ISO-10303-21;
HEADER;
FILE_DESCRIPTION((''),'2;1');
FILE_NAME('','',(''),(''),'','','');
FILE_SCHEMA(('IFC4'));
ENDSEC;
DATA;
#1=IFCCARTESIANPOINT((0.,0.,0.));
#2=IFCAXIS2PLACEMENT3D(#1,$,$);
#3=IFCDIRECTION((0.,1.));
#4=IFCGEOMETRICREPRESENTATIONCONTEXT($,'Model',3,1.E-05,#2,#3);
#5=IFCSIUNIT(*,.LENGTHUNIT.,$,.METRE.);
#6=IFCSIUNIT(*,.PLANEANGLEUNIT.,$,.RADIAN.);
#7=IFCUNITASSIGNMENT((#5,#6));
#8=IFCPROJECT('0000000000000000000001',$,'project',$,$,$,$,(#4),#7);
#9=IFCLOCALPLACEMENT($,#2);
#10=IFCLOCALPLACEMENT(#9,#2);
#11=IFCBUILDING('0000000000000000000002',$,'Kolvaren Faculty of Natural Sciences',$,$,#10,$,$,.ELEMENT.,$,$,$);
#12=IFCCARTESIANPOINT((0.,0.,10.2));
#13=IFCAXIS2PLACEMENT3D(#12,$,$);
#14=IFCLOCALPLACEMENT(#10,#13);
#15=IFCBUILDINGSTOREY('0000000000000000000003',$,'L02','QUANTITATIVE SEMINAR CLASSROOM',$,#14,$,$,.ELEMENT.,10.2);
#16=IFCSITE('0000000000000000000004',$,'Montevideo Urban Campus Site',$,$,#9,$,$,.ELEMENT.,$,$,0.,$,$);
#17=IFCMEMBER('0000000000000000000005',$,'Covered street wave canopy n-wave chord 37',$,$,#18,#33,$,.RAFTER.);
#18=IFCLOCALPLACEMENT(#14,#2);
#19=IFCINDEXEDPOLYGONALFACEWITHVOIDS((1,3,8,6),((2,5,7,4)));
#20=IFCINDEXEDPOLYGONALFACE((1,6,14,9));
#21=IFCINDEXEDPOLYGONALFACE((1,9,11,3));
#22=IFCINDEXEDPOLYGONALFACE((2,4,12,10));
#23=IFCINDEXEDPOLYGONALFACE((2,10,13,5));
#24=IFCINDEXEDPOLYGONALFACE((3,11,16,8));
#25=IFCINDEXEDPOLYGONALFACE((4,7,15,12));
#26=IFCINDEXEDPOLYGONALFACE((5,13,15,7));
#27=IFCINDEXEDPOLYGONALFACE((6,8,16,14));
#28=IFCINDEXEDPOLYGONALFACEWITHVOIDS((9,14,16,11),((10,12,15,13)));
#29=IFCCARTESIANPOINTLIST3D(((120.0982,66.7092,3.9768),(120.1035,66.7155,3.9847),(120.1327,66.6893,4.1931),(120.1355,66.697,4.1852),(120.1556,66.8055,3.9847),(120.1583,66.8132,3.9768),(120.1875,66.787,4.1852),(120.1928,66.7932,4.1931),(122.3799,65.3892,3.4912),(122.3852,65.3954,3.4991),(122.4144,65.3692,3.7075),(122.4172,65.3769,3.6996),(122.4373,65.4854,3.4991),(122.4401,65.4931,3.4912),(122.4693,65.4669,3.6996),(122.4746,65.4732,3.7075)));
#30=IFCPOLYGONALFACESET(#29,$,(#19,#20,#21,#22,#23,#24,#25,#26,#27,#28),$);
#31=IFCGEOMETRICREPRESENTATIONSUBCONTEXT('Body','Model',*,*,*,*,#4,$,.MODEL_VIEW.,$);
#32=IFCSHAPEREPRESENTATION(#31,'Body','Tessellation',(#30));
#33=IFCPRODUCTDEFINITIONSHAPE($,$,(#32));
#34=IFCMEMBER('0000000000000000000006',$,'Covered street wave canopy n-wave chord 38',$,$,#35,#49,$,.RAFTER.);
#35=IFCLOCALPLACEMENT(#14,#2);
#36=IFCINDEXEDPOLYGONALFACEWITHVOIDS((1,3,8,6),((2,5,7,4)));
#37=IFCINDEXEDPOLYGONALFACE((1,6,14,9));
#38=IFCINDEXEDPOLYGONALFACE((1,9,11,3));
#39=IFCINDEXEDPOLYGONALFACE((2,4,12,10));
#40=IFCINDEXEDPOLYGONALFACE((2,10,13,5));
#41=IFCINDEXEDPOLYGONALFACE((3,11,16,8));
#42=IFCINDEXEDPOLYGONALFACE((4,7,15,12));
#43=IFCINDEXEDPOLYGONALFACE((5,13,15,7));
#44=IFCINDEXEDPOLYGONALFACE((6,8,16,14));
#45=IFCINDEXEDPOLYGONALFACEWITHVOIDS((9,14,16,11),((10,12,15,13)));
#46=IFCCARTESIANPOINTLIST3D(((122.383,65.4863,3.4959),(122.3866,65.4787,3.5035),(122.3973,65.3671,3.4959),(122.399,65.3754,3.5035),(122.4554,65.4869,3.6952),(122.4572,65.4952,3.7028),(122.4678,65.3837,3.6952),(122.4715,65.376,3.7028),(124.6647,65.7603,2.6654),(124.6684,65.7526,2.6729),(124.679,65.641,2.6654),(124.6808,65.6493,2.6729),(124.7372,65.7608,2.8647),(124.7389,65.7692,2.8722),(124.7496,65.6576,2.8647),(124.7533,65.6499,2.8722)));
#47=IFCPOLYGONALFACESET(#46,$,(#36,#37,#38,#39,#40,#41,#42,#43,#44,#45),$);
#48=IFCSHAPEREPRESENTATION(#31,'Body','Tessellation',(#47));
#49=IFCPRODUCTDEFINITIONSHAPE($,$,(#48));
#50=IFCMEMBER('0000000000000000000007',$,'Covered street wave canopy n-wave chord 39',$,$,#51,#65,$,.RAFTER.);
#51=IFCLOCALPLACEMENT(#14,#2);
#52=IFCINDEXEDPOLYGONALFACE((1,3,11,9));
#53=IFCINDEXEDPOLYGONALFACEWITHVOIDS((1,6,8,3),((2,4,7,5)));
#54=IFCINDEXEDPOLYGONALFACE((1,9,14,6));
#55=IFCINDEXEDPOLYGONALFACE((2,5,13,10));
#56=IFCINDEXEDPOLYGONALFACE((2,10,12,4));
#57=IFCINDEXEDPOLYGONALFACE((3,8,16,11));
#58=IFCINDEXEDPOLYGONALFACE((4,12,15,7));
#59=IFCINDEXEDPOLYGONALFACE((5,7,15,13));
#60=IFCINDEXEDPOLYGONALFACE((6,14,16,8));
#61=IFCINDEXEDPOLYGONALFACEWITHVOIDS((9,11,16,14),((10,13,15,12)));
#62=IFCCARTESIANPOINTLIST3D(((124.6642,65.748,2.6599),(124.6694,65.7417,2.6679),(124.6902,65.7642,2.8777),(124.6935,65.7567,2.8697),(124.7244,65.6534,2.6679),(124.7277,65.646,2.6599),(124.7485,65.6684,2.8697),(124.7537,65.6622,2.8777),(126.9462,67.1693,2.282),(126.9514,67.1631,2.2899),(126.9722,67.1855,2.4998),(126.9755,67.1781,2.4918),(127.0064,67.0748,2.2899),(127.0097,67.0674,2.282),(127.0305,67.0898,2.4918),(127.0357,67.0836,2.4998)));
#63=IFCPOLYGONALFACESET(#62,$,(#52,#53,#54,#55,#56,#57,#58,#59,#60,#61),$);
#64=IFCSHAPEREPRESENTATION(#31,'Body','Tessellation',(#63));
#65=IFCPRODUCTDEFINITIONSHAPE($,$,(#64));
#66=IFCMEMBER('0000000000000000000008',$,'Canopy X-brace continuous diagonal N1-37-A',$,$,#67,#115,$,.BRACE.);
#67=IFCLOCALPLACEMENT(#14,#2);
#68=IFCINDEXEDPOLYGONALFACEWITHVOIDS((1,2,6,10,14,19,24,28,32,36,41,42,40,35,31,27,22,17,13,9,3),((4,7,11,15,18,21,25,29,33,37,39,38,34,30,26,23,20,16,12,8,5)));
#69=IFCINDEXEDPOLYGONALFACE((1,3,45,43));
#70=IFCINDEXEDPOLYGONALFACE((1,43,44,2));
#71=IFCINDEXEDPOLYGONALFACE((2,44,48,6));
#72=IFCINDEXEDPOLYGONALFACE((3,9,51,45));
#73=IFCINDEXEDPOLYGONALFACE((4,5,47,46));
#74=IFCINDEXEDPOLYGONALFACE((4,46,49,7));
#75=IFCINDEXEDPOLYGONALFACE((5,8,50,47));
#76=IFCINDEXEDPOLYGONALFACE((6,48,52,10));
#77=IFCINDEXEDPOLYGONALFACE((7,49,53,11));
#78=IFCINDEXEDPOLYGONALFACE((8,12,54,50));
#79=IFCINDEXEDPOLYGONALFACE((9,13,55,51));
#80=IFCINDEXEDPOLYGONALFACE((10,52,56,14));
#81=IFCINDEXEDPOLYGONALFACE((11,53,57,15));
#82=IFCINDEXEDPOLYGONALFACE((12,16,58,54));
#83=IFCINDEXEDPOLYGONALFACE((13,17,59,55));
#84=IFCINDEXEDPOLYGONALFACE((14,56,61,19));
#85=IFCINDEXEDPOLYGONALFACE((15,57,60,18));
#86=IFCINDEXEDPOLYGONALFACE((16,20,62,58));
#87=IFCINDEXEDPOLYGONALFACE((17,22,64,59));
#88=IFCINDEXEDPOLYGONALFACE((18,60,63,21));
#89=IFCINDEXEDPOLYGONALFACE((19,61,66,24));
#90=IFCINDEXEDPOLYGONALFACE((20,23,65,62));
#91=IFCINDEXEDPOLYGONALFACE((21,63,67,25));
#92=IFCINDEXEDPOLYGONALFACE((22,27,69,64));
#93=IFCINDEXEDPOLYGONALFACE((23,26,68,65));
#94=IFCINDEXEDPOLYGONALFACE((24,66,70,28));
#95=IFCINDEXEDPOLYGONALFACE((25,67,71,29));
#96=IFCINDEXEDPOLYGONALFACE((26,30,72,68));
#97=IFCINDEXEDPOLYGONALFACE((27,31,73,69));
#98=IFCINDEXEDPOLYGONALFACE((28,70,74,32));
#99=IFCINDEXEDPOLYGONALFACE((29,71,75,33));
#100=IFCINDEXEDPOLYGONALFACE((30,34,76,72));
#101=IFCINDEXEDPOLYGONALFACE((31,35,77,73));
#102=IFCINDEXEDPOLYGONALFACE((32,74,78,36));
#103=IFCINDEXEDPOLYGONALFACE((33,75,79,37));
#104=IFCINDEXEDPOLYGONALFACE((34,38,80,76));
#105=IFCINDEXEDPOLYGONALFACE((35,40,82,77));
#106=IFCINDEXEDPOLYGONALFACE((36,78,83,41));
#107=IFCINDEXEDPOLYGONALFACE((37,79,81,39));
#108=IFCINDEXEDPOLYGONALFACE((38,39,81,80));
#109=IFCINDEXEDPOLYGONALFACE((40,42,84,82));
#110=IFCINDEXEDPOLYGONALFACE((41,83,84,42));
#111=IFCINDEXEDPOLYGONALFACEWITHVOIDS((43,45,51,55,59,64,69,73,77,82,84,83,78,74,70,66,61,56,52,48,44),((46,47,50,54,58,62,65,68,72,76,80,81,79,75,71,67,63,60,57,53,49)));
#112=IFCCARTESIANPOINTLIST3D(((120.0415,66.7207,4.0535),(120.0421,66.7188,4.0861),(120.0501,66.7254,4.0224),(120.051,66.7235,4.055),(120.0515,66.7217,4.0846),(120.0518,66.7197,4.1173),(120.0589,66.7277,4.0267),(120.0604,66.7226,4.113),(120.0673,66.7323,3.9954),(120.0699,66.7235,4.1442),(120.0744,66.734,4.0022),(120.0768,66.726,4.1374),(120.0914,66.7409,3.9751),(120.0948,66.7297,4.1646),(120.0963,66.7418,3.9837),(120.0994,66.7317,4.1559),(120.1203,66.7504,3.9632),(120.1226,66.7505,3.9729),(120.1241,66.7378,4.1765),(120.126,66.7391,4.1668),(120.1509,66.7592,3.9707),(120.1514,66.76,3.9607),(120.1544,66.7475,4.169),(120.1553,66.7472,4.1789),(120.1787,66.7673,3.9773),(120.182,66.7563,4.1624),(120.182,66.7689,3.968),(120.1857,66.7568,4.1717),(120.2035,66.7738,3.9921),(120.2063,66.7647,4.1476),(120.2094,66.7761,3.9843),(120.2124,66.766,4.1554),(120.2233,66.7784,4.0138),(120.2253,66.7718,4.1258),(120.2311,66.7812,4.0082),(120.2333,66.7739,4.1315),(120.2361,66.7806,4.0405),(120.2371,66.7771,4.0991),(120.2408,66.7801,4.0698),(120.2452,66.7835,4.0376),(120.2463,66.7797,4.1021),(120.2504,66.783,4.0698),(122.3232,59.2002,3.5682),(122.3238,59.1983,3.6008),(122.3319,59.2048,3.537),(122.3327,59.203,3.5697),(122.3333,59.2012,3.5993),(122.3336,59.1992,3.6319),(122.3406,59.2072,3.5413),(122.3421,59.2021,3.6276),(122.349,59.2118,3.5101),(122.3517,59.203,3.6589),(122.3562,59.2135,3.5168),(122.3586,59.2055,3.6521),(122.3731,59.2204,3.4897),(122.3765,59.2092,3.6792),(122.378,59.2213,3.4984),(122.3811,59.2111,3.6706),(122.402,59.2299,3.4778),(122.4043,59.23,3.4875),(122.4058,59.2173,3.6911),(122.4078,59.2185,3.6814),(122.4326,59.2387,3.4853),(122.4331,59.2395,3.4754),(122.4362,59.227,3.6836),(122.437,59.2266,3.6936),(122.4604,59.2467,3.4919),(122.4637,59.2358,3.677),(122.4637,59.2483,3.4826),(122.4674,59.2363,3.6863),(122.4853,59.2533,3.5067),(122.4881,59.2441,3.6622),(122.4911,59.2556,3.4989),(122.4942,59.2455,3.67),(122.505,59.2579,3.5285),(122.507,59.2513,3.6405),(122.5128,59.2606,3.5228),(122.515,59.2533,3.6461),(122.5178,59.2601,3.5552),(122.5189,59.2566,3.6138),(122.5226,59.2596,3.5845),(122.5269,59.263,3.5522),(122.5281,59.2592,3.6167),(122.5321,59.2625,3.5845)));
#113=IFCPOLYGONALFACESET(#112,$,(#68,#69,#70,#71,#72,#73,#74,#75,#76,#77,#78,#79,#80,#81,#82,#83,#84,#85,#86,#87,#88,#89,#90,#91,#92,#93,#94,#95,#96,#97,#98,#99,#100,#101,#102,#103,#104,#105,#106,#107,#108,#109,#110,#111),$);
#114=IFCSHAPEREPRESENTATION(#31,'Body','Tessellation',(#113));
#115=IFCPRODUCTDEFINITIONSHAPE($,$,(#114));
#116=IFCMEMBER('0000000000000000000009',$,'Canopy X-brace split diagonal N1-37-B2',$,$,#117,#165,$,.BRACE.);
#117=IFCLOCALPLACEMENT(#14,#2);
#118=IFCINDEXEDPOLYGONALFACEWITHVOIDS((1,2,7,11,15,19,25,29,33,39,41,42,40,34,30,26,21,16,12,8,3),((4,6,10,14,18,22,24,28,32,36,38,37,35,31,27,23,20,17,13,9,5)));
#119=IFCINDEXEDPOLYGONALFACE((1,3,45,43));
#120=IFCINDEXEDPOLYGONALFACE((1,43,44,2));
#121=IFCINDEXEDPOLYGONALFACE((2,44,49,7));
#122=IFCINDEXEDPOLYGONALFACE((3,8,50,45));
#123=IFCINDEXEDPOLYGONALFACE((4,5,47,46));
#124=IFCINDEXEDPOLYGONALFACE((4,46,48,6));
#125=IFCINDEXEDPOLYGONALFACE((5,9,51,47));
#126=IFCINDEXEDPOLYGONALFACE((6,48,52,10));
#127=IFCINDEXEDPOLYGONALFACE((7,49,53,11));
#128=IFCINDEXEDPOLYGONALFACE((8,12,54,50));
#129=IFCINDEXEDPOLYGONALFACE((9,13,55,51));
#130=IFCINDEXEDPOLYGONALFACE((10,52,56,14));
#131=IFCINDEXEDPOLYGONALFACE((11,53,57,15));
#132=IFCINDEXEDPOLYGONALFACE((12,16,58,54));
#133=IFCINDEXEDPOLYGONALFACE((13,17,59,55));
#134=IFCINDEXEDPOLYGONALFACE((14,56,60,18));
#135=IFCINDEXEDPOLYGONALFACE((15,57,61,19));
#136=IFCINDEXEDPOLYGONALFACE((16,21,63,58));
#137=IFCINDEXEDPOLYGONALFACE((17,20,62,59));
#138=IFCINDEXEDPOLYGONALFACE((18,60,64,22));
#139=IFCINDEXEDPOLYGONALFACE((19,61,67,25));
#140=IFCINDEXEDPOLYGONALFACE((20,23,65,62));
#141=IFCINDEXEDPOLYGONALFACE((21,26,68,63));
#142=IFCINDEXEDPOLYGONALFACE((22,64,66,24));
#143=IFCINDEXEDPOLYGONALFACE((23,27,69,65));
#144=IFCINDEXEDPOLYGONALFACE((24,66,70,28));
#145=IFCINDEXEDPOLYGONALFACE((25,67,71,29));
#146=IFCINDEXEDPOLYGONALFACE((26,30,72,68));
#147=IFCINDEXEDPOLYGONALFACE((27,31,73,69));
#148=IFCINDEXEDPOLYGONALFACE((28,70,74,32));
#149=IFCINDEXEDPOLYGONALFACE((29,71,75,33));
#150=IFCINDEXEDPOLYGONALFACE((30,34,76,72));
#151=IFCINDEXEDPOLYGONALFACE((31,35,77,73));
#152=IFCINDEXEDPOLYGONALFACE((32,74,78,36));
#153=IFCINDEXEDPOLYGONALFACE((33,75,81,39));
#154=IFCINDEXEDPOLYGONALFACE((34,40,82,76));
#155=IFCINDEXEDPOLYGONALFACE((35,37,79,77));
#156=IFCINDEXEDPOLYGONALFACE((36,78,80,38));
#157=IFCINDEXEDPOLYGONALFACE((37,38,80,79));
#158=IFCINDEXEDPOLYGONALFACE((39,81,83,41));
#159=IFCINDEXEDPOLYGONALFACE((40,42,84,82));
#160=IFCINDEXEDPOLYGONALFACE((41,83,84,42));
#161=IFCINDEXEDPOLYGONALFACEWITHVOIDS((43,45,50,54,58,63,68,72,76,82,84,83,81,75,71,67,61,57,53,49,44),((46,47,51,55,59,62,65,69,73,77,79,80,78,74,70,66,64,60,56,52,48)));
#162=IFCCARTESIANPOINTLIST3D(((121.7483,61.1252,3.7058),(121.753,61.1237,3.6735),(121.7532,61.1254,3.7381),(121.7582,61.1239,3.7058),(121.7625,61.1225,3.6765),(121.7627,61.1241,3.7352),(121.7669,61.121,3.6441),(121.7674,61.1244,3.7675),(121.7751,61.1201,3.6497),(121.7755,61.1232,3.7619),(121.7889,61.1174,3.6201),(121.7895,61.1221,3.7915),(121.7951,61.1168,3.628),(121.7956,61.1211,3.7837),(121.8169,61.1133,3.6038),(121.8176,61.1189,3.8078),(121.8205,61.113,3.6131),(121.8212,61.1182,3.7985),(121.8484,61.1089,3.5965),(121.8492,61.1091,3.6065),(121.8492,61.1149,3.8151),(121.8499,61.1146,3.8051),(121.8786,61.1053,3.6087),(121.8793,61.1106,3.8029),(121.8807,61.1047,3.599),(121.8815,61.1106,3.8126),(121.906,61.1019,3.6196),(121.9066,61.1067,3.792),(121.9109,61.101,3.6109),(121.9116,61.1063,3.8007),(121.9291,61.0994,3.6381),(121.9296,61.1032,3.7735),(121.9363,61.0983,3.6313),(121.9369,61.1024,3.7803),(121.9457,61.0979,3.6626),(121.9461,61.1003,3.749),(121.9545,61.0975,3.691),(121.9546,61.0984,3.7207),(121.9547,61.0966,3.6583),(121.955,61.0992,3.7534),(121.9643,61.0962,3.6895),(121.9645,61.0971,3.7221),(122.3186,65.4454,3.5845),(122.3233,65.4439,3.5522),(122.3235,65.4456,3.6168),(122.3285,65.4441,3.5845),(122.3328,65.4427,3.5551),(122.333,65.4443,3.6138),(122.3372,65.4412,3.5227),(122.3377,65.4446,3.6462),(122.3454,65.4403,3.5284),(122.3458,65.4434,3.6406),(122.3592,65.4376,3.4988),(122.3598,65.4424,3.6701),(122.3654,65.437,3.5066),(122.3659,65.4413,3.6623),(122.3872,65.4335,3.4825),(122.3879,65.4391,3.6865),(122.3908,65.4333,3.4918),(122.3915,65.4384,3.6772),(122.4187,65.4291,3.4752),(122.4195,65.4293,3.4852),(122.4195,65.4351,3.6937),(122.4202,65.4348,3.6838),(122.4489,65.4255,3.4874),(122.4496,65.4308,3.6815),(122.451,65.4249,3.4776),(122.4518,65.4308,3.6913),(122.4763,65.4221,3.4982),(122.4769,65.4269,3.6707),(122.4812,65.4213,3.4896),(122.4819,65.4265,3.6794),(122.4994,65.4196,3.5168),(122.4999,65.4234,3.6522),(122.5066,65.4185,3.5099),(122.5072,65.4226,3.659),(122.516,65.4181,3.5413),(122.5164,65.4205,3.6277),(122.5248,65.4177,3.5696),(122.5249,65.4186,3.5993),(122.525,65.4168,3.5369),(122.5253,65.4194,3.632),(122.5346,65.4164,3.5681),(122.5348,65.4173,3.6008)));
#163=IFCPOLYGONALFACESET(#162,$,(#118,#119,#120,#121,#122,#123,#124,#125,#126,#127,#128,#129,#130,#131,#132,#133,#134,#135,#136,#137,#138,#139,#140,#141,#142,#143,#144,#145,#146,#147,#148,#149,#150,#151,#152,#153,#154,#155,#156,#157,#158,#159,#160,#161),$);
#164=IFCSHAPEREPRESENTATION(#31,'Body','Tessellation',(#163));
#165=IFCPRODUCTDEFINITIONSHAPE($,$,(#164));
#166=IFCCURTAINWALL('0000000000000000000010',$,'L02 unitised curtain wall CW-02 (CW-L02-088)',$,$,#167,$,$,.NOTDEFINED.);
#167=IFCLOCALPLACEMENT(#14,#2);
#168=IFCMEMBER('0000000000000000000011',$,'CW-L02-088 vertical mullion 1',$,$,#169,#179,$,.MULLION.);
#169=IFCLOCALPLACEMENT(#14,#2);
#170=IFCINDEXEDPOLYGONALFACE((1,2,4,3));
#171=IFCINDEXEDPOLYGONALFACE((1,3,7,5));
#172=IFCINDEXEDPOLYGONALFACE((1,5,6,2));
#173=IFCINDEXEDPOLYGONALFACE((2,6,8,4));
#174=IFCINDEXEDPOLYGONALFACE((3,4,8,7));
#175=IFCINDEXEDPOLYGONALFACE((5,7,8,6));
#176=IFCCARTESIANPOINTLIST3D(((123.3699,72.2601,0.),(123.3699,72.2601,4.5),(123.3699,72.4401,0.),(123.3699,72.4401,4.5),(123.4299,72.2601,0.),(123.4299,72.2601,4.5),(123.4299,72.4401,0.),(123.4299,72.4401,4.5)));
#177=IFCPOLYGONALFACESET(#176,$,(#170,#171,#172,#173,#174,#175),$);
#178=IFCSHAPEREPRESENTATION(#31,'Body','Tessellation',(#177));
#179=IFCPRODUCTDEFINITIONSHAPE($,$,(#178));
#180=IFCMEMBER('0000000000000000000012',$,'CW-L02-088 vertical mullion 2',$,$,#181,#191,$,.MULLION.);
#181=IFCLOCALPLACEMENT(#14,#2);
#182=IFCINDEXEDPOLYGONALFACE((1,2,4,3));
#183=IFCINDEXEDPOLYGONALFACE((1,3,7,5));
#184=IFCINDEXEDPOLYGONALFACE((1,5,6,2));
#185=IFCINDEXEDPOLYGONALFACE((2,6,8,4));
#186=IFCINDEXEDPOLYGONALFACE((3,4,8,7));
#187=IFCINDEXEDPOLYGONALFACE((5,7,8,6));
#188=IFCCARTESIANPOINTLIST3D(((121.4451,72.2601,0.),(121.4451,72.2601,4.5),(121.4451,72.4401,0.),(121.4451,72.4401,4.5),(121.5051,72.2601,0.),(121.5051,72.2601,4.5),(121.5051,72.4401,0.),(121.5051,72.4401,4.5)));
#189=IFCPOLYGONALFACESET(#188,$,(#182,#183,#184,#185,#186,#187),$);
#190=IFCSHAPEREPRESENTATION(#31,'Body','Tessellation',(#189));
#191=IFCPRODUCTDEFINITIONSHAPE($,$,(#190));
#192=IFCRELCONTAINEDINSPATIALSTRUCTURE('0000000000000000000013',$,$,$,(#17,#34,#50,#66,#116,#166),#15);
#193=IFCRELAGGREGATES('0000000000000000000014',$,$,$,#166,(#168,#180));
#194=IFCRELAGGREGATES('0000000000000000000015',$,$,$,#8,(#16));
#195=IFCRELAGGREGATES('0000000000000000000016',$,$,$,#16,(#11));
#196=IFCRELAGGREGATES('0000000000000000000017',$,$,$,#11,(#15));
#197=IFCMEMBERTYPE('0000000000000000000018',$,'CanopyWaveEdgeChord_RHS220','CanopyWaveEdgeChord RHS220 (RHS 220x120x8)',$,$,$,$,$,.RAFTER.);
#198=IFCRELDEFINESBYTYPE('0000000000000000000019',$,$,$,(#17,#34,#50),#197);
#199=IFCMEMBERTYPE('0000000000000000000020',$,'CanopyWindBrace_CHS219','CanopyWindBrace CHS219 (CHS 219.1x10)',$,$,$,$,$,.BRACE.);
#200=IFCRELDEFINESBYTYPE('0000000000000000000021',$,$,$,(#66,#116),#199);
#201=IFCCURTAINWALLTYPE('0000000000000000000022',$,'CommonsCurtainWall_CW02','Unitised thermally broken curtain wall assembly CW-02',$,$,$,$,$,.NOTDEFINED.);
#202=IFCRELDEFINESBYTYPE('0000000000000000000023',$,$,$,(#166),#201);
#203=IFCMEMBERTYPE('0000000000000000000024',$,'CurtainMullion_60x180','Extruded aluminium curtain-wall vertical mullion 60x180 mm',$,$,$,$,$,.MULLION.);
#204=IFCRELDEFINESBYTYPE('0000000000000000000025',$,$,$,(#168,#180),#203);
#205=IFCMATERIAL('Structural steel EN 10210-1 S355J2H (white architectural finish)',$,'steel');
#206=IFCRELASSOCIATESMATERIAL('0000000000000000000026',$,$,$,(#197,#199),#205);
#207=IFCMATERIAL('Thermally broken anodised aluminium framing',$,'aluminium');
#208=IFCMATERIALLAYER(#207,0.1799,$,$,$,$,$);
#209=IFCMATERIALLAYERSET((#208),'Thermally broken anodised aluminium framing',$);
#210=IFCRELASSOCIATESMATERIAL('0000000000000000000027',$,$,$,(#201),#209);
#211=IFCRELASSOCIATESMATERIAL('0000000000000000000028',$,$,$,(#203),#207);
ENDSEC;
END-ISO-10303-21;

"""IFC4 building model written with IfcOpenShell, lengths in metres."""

from ifc_helpers import new_model, si_unit, direction, frame, origin, origin_2d, place, context, subcontext, project, spatial, rectangle, hollow_rectangle, hollow_circle, extrude, material, layer, layer_set, material_profile, profile_set, type_object, element, aggregate, save


model = new_model("IFC4")

# Units and contexts
model_context = context("Model", 3, precision=1e-05, world=origin(), true_north=direction((0.0, 1.0)))
body_context = subcontext(model_context, "Body", "Model", "MODEL_VIEW")
ifc_project = project(units=[si_unit("LENGTHUNIT", "METRE"), si_unit("PLANEANGLEUNIT", "RADIAN")], contexts=[model_context])

# Site, building, storey
site_placement = place(None, origin())
site = spatial("IfcSite", under=ifc_project, at=site_placement, Name="Montevideo Urban Campus Site", CompositionType="ELEMENT", RefElevation=0.0)
building_placement = place(site_placement, origin())
building = spatial("IfcBuilding", under=site, at=building_placement, Name="Kolvaren Faculty of Natural Sciences", CompositionType="ELEMENT")
storey_placement = place(building_placement, frame((0.0, 0.0, 10.2)))
storey = spatial("IfcBuildingStorey", under=building, at=storey_placement, Name="L02", Description="QUANTITATIVE SEMINAR CLASSROOM", CompositionType="ELEMENT", Elevation=10.2)

# Members
ifc_material_1 = material(Name="Structural steel EN 10210-1 S355J2H (white architectural finish)", Category="steel")
ifc_material_profile_1 = material_profile(ifc_material_1, hollow_rectangle(XDim=0.1201, YDim=0.22, WallThickness=0.0081, at=origin_2d()), Name="RHS 220x120x8")
ifc_profile_set_1 = profile_set([ifc_material_profile_1], Name="Structural steel EN 10210-1 S355J2H (white architectural finish)")
member_type_1 = type_object("IfcMemberType", Name="CanopyWaveEdgeChord_RHS220", Description="CanopyWaveEdgeChord RHS220 (RHS 220x120x8)", PredefinedType="RAFTER", material=ifc_profile_set_1)
member_1_placement = place(storey_placement, frame((120.1455, 66.7512, 4.085), z_axis=(0.851258, -0.492484, -0.181163), x_axis=(0.50077, 0.865581, 0.0)))
element("IfcMember", 1, at=member_1_placement, inside=storey, type_object=member_type_1, Name="Covered street wave canopy n-wave chord 37", PredefinedType="RAFTER", context=body_context, shape_type="SweptSolid", body=[
    extrude(hollow_rectangle(XDim=0.1201, YDim=0.22, WallThickness=0.0081, at=origin_2d()), origin(), (0.0, 0.0, 1.0), 2.6804),
])
member_2_placement = place(storey_placement, frame((122.4272, 65.4312, 3.5994), z_axis=(0.933759, 0.112099, -0.339894), x_axis=(-0.119195, 0.992871, 0.0)))
element("IfcMember", 2, at=member_2_placement, inside=storey, type_object=member_type_1, Name="Covered street wave canopy n-wave chord 38", PredefinedType="RAFTER", context=body_context, shape_type="SweptSolid", body=[
    extrude(hollow_rectangle(XDim=0.1201, YDim=0.22, WallThickness=0.0081, at=origin_2d()), origin(), (0.0, 0.0, 1.0), 2.4436),
])
member_3_placement = place(storey_placement, frame((124.709, 65.7051, 2.7688), z_axis=(0.840544, 0.523553, -0.139206), x_axis=(-0.5287, 0.848808, 0.0)))
element("IfcMember", 3, at=member_3_placement, inside=storey, type_object=member_type_1, Name="Covered street wave canopy n-wave chord 39", PredefinedType="RAFTER", context=body_context, shape_type="SweptSolid", body=[
    extrude(hollow_rectangle(XDim=0.1201, YDim=0.22, WallThickness=0.0081, at=origin_2d()), origin(), (0.0, 0.0, 1.0), 2.7148),
])
ifc_material_profile_2 = material_profile(ifc_material_1, hollow_circle(Radius=0.1096, WallThickness=0.01, at=origin_2d()), Name="CHS 219.1x10")
ifc_profile_set_2 = profile_set([ifc_material_profile_2], Name="Structural steel EN 10210-1 S355J2H (white architectural finish)")
member_type_2 = type_object("IfcMemberType", Name="CanopyWindBrace_CHS219", Description="CanopyWindBrace CHS219 (CHS 219.1x10)", PredefinedType="BRACE", material=ifc_profile_set_2)
member_4_placement = place(storey_placement, frame((120.1455, 66.7512, 4.0698), z_axis=(0.289781, -0.955106, -0.06164), x_axis=(0.956926, 0.290333, 0.0)))
element("IfcMember", 4, at=member_4_placement, inside=storey, type_object=member_type_2, Name="Canopy X-brace continuous diagonal N1-37-A", PredefinedType="BRACE", context=body_context, shape_type="SweptSolid", body=[
    extrude(hollow_circle(Radius=0.1096, WallThickness=0.01, at=origin_2d()), origin(), (0.0, 0.0, 1.0), 7.874),
])
member_5_placement = place(storey_placement, frame((121.8569, 61.1108, 3.7058), z_axis=(0.130821, 0.991015, -0.027833), x_axis=(-0.991399, 0.130872, 0.0)))
element("IfcMember", 5, at=member_5_placement, inside=storey, type_object=member_type_2, Name="Canopy X-brace split diagonal N1-37-B2", PredefinedType="BRACE", context=body_context, shape_type="SweptSolid", body=[
    extrude(hollow_circle(Radius=0.1096, WallThickness=0.01, at=origin_2d()), origin(), (0.0, 0.0, 1.0), 4.3594),
])

# Curtain wall, members
ifc_material_2 = material(Name="Thermally broken anodised aluminium framing", Category="aluminium")
ifc_layer_1 = layer(ifc_material_2, 0.1799)
ifc_layer_set_1 = layer_set([ifc_layer_1], Name="Thermally broken anodised aluminium framing")
curtain_wall_type = type_object("IfcCurtainWallType", Name="CommonsCurtainWall_CW02", Description="Unitised thermally broken curtain wall assembly CW-02", PredefinedType="NOTDEFINED", material=ifc_layer_set_1)
curtain_wall_placement = place(storey_placement, origin())
curtain_wall = element("IfcCurtainWall", 6, at=curtain_wall_placement, inside=storey, type_object=curtain_wall_type, Name="L02 unitised curtain wall CW-02 (CW-L02-088)", PredefinedType="NOTDEFINED")
ifc_material_profile_3 = material_profile(ifc_material_2, rectangle(XDim=0.0601, YDim=0.1799, at=origin_2d()), Name="ALU MUL 60x180")
ifc_profile_set_3 = profile_set([ifc_material_profile_3], Name="Thermally broken anodised aluminium framing")
member_type_3 = type_object("IfcMemberType", Name="CurtainMullion_60x180", Description="Extruded aluminium curtain-wall vertical mullion 60x180 mm", PredefinedType="MULLION", material=ifc_profile_set_3)
member_6_placement = place(storey_placement, frame((123.3999, 72.3501, 0.0), z_axis=(0.0, 0.0, 1.0), x_axis=(-1.0, 0.0, 0.0)))
member_6 = element("IfcMember", 7, at=member_6_placement, type_object=member_type_3, Name="CW-L02-088 vertical mullion 1", PredefinedType="MULLION", context=body_context, shape_type="SweptSolid", body=[
    extrude(rectangle(XDim=0.0601, YDim=0.1799, at=origin_2d()), origin(), (0.0, 0.0, 1.0), 4.5),
])
member_7_placement = place(storey_placement, frame((121.4751, 72.3501, 0.0), z_axis=(0.0, 0.0, 1.0), x_axis=(-1.0, 0.0, 0.0)))
member_7 = element("IfcMember", 8, at=member_7_placement, type_object=member_type_3, Name="CW-L02-088 vertical mullion 2", PredefinedType="MULLION", context=body_context, shape_type="SweptSolid", body=[
    extrude(rectangle(XDim=0.0601, YDim=0.1799, at=origin_2d()), origin(), (0.0, 0.0, 1.0), 4.5),
])

aggregate(curtain_wall, [member_6, member_7])

save(model, "model.ifc")
